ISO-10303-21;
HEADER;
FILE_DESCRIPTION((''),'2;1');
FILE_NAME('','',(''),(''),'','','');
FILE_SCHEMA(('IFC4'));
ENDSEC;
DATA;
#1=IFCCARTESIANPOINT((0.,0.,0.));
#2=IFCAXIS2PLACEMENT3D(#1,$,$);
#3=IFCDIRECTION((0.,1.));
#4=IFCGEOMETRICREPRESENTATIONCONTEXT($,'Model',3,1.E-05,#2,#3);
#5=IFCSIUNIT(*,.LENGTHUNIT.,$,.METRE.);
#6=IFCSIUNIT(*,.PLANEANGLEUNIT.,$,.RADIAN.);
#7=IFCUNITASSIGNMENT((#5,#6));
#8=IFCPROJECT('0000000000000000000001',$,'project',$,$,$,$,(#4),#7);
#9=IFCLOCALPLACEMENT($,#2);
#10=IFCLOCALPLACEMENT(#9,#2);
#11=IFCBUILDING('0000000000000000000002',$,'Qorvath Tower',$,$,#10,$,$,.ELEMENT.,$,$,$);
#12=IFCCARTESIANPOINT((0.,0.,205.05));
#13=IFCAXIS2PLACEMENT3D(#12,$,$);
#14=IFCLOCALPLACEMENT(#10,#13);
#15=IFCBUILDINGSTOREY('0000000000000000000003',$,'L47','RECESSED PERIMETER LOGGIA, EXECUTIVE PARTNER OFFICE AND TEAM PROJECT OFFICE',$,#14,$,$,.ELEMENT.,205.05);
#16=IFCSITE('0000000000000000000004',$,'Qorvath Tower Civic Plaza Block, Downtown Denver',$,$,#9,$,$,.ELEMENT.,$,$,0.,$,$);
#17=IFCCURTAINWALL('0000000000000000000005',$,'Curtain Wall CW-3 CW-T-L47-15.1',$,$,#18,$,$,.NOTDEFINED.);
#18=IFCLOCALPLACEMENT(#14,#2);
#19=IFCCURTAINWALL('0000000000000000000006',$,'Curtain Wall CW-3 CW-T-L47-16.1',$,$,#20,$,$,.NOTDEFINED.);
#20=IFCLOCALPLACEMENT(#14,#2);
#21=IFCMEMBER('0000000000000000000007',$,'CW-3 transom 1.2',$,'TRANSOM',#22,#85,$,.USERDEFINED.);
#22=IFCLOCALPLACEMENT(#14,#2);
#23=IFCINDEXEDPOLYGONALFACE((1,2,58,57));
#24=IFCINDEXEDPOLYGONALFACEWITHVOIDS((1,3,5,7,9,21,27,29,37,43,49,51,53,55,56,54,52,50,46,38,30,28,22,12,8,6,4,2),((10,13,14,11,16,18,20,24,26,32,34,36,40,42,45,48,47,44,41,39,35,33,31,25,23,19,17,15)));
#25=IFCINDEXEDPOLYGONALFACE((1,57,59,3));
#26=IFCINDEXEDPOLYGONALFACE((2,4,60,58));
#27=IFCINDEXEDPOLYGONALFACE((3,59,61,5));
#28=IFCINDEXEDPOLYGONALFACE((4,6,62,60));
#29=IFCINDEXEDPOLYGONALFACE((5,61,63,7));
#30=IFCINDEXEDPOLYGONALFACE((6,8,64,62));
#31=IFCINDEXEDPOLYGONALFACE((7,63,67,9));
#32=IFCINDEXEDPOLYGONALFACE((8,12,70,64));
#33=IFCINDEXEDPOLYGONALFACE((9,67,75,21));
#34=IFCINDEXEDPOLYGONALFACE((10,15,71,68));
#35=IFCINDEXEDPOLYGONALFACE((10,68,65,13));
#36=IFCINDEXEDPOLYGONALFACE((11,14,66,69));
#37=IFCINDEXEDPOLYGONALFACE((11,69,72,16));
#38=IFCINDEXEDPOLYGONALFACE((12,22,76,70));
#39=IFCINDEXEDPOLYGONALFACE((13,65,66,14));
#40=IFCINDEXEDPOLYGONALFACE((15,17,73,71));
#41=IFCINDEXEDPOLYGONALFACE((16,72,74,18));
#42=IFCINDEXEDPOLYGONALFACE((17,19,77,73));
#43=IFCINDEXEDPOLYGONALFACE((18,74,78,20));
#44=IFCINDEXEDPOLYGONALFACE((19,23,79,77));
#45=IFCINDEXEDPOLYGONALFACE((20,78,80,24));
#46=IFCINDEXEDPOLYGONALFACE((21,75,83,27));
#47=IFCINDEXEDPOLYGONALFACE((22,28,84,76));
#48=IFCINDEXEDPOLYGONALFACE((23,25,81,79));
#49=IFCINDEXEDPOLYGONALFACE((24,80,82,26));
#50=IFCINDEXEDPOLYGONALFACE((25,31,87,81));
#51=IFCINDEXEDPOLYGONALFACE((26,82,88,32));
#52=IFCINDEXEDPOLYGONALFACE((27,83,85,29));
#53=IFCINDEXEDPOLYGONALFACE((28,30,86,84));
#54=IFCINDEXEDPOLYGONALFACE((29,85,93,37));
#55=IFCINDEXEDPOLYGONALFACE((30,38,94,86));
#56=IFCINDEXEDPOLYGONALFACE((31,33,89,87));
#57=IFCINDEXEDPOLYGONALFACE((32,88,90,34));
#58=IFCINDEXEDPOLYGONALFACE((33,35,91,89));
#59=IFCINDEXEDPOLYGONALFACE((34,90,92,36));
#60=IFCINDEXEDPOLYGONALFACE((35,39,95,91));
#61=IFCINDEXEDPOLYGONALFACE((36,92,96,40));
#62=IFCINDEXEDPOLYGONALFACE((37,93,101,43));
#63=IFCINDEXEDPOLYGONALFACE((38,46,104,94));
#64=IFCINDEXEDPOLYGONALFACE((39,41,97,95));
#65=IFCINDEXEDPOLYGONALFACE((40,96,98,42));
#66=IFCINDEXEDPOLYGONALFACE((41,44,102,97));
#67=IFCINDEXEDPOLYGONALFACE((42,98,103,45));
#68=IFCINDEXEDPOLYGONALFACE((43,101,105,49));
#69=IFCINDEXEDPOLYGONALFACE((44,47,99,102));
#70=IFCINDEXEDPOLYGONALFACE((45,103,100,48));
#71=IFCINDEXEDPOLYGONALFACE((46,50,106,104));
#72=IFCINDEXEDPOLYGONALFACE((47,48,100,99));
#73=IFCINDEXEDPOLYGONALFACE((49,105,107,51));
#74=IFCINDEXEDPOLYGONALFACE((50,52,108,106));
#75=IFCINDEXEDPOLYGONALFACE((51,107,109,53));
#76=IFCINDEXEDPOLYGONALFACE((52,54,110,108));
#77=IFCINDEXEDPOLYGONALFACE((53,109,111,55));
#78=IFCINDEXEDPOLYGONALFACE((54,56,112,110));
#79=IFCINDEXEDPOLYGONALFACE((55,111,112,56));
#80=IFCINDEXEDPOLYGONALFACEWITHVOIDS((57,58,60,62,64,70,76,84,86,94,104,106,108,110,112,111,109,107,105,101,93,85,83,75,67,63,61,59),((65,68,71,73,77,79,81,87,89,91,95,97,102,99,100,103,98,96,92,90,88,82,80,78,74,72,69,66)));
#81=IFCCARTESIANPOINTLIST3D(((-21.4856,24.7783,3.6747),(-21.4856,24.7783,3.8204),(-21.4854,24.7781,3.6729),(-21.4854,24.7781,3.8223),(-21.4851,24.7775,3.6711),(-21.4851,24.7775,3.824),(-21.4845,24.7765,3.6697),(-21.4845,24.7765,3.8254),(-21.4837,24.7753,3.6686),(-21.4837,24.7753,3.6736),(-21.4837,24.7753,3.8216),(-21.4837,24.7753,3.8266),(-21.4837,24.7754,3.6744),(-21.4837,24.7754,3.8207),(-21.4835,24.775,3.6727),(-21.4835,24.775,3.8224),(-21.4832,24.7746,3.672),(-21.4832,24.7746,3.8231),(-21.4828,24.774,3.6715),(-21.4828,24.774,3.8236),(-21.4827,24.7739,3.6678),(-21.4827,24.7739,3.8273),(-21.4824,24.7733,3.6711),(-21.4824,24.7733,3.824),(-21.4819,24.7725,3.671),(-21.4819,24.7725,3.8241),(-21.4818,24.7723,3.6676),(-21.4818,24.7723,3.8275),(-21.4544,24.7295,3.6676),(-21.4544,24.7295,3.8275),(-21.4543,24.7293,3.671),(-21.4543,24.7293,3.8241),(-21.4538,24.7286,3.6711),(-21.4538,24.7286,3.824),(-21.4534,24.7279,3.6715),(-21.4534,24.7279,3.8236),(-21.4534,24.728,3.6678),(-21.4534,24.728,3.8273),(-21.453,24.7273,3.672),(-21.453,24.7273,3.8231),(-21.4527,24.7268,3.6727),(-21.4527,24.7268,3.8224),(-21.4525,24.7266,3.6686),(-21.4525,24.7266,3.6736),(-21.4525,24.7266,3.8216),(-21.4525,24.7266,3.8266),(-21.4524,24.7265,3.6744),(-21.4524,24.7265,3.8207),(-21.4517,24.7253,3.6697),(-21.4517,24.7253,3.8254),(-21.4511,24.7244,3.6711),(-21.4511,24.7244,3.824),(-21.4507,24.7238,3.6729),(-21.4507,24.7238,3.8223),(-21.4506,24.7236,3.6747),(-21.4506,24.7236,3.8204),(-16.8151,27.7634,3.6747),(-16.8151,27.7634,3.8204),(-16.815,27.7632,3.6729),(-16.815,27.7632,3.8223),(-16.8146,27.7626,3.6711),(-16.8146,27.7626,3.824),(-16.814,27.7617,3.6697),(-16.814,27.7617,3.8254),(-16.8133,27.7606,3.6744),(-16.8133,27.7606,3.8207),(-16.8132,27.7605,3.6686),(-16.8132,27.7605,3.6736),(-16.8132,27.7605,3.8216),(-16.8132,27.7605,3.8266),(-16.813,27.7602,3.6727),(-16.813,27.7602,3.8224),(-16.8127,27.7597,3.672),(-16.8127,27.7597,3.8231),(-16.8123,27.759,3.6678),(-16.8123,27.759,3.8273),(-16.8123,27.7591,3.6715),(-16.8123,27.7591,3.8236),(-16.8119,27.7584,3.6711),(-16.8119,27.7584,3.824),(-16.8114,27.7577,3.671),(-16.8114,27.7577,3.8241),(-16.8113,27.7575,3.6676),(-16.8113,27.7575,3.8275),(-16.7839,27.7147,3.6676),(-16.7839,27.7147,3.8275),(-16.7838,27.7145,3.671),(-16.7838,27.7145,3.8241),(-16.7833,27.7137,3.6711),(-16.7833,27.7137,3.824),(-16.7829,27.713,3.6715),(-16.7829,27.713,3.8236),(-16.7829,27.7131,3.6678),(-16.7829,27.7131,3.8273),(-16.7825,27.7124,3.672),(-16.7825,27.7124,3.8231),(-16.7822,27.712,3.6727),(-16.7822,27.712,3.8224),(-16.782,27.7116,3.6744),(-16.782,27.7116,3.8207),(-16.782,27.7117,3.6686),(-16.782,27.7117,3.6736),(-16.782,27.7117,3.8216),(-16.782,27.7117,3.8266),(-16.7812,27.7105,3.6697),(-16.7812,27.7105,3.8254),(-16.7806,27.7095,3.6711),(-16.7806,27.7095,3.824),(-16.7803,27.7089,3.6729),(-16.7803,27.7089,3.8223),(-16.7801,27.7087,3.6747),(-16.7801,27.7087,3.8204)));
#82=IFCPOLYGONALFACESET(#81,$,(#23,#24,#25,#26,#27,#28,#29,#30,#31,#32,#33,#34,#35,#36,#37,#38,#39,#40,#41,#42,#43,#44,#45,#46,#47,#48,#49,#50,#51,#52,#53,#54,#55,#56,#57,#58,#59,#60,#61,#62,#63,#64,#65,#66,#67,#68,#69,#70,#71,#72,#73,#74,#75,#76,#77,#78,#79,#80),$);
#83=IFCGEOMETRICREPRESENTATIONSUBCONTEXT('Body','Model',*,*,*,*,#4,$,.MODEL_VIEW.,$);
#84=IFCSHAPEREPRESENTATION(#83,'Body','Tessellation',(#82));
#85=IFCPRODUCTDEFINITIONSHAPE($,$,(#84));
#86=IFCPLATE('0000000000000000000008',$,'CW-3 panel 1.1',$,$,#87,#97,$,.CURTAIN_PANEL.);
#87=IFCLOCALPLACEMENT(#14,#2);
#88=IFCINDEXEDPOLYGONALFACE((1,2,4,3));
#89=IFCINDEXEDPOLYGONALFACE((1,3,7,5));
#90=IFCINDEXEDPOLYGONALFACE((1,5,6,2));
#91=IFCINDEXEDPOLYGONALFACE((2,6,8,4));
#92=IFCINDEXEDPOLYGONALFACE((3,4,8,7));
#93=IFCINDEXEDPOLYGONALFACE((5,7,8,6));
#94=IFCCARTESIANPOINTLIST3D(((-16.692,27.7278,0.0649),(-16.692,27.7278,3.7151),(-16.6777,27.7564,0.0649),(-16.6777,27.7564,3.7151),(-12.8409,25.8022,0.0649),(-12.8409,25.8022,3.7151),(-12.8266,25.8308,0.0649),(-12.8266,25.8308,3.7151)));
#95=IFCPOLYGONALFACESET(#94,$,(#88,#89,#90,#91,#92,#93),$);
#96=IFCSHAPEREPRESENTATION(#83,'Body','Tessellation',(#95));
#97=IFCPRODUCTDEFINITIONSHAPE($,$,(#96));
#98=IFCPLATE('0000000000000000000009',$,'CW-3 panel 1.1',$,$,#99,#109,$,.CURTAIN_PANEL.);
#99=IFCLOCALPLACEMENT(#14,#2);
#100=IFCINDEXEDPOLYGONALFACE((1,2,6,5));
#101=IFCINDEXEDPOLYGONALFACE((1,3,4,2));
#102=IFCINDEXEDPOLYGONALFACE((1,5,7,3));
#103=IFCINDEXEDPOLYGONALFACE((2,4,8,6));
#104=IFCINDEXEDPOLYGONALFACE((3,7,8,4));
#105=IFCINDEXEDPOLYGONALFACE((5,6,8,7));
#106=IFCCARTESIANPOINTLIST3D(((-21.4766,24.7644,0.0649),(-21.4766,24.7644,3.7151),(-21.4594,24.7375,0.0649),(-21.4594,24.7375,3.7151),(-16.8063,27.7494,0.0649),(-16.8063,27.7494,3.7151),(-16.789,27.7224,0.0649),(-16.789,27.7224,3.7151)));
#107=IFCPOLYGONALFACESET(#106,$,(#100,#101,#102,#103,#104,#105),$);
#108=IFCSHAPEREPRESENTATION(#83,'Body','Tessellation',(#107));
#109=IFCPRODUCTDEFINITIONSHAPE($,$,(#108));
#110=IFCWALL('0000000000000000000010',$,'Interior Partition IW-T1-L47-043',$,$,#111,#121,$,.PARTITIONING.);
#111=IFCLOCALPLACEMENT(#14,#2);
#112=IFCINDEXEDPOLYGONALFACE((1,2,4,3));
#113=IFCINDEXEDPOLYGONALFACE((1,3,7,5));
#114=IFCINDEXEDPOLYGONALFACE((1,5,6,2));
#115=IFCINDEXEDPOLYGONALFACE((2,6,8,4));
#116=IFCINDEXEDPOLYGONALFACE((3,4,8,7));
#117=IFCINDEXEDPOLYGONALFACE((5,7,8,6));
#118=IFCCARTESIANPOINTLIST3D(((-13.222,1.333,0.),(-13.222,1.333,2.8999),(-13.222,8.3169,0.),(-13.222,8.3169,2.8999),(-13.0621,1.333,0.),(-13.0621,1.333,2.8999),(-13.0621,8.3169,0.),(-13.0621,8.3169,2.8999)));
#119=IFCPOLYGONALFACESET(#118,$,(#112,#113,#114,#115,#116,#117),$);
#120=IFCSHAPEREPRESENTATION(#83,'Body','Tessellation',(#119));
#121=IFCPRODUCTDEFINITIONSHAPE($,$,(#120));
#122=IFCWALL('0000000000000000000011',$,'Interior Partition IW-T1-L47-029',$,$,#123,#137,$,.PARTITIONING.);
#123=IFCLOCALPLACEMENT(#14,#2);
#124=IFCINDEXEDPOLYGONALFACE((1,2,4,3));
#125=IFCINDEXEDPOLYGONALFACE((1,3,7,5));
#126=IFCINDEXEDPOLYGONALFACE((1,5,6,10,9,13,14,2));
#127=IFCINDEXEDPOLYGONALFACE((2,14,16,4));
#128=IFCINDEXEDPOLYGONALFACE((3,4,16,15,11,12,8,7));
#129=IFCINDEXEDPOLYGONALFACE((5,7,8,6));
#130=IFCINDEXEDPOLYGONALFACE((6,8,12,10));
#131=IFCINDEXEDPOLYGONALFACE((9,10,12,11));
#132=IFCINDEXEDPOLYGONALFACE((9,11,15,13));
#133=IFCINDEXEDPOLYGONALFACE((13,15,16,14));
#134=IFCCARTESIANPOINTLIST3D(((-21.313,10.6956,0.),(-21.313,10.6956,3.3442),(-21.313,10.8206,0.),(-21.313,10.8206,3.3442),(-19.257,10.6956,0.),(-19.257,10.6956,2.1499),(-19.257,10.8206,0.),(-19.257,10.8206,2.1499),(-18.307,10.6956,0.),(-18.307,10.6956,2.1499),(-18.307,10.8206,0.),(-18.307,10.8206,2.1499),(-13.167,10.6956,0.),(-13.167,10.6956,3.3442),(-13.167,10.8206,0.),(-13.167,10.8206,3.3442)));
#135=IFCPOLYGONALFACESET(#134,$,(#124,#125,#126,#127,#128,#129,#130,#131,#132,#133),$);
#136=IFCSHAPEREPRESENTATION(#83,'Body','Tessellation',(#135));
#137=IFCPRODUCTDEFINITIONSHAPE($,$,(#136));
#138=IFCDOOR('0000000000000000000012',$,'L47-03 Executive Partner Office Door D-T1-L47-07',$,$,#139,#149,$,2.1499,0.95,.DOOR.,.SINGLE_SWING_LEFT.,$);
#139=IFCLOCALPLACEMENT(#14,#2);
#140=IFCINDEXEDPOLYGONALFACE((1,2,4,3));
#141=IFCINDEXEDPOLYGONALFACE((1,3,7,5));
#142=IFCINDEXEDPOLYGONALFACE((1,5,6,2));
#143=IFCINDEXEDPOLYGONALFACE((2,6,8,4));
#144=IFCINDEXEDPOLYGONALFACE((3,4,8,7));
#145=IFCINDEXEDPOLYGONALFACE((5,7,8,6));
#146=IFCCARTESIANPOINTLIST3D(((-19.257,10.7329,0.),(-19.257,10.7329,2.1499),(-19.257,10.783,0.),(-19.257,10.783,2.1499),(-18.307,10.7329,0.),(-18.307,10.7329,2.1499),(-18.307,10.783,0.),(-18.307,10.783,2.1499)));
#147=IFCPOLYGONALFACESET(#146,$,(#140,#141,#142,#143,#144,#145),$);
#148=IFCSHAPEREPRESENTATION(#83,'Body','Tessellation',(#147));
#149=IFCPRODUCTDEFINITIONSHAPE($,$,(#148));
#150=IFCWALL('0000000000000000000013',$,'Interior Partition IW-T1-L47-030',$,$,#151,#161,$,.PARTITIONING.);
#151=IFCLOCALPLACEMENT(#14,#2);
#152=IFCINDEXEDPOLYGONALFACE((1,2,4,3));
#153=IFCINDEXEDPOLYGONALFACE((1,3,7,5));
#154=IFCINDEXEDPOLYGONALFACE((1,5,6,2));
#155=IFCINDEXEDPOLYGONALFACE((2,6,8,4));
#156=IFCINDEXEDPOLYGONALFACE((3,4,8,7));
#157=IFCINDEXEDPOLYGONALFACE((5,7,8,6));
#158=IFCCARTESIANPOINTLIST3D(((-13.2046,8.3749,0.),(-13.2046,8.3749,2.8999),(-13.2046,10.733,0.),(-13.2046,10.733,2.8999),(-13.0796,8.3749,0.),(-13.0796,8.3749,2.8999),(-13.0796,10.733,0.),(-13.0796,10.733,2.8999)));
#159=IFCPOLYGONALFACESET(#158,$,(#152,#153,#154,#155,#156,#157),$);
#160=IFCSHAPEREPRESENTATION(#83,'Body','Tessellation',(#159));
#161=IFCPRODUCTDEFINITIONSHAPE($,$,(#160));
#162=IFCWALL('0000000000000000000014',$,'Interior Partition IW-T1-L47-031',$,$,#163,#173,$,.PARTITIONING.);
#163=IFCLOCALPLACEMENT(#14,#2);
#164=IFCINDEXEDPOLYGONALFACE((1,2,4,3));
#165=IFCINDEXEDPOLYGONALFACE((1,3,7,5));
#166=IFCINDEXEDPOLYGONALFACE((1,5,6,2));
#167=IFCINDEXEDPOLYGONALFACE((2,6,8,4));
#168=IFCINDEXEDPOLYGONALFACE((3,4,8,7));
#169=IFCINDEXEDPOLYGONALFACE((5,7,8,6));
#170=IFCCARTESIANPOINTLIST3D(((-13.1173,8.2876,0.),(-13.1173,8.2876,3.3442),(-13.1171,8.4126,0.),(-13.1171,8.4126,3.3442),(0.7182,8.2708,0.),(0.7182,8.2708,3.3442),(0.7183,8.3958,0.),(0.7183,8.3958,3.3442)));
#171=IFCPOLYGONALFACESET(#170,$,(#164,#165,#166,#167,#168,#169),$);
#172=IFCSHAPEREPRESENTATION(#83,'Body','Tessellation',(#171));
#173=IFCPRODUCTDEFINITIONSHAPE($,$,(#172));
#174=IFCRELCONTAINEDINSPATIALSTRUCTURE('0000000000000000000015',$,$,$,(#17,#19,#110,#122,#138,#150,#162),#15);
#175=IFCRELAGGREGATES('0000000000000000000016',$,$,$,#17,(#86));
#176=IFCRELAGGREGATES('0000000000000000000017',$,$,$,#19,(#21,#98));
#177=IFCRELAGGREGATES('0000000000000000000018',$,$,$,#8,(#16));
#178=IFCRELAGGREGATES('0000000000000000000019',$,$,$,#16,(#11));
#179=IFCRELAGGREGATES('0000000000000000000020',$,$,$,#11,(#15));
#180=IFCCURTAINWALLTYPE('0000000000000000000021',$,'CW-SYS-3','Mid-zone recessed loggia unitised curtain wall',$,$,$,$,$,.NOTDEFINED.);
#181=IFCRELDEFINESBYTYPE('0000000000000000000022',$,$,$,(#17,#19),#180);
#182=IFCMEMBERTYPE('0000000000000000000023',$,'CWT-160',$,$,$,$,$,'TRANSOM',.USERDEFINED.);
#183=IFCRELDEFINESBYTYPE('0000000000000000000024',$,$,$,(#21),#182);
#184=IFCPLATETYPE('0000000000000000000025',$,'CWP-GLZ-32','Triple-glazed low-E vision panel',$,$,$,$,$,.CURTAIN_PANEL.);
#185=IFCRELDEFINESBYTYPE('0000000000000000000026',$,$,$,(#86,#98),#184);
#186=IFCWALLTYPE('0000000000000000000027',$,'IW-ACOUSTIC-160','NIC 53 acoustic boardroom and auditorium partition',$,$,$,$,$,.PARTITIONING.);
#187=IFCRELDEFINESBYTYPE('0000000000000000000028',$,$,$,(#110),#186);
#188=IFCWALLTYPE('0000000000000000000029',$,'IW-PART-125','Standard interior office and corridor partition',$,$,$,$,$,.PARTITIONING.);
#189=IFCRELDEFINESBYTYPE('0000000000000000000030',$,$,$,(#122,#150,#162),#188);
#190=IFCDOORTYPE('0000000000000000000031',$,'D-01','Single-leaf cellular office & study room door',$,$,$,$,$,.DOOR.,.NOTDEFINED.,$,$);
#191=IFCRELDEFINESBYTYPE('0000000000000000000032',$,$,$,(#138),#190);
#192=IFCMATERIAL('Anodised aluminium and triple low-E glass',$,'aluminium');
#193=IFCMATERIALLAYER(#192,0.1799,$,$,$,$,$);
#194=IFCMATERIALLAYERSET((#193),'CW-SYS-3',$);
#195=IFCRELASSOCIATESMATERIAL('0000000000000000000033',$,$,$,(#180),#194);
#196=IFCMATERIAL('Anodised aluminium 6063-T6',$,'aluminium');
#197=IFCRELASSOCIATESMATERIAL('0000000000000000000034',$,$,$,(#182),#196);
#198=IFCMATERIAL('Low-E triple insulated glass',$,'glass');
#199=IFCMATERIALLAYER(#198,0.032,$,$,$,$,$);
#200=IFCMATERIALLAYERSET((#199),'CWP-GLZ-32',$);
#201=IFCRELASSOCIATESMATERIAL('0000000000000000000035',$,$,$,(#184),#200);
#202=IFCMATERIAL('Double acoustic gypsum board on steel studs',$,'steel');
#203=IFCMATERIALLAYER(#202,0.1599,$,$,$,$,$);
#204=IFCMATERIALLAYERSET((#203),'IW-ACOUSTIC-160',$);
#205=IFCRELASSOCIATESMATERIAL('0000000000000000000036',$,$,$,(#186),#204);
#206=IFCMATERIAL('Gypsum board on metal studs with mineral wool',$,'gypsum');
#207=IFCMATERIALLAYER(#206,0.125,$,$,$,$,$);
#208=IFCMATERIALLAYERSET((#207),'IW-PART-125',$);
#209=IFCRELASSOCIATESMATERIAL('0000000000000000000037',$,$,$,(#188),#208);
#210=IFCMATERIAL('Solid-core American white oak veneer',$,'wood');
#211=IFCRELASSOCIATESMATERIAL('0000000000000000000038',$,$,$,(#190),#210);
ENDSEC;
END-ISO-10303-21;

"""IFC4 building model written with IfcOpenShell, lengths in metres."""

from ifc_helpers import new_model, si_unit, direction, frame, frame_2d, origin, origin_2d, place, context, subcontext, project, spatial, rectangle, hollow_rectangle, extrude, material, layer, layer_set, material_profile, profile_set, type_object, element, fill, aggregate, save


model = new_model("IFC4")

# Units and contexts
model_context = context("Model", 3, precision=1e-05, world=origin(), true_north=direction((0.0, 1.0)))
body_context = subcontext(model_context, "Body", "Model", "MODEL_VIEW")
ifc_project = project(units=[si_unit("LENGTHUNIT", "METRE"), si_unit("PLANEANGLEUNIT", "RADIAN")], contexts=[model_context])

# Site, building, storey
site_placement = place(None, origin())
site = spatial("IfcSite", under=ifc_project, at=site_placement, Name="Qorvath Tower Civic Plaza Block, Downtown Denver", CompositionType="ELEMENT", RefElevation=0.0)
building_placement = place(site_placement, origin())
building = spatial("IfcBuilding", under=site, at=building_placement, Name="Qorvath Tower", CompositionType="ELEMENT")
storey_placement = place(building_placement, frame((0.0, 0.0, 205.05)))
storey = spatial("IfcBuildingStorey", under=building, at=storey_placement, Name="L47", Description="RECESSED PERIMETER LOGGIA, EXECUTIVE PARTNER OFFICE AND TEAM PROJECT OFFICE", CompositionType="ELEMENT", Elevation=205.05)

# Curtain walls
ifc_material_1 = material(Name="Anodised aluminium and triple low-E glass", Category="aluminium")
ifc_layer_1 = layer(ifc_material_1, 0.1799)
ifc_layer_set_1 = layer_set([ifc_layer_1], Name="CW-SYS-3")
curtain_wall_type = type_object("IfcCurtainWallType", Name="CW-SYS-3", Description="Mid-zone recessed loggia unitised curtain wall", PredefinedType="NOTDEFINED", material=ifc_layer_set_1)
curtain_wall_1_placement = place(storey_placement, origin())
curtain_wall_1 = element("IfcCurtainWall", 1, at=curtain_wall_1_placement, inside=storey, type_object=curtain_wall_type, Name="Curtain Wall CW-3 CW-T-L47-15.1", PredefinedType="NOTDEFINED")
curtain_wall_2_placement = place(storey_placement, origin())
curtain_wall_2 = element("IfcCurtainWall", 2, at=curtain_wall_2_placement, inside=storey, type_object=curtain_wall_type, Name="Curtain Wall CW-3 CW-T-L47-16.1", PredefinedType="NOTDEFINED")

# Member
ifc_material_2 = material(Name="Anodised aluminium 6063-T6", Category="aluminium")
ifc_material_profile_1 = material_profile(ifc_material_2, hollow_rectangle(XDim=0.0649, YDim=0.1599, WallThickness=0.0034, InnerFilletRadius=0.0034, OuterFilletRadius=0.0071, at=origin_2d()), Name="CWT 160x65")
ifc_profile_set_1 = profile_set([ifc_material_profile_1], Name="Anodised aluminium 6063-T6")
member_type_1 = type_object("IfcMemberType", Name="CWT-160", ElementType="TRANSOM", PredefinedType="USERDEFINED", material=ifc_profile_set_1)
member_1_placement = place(storey_placement, frame((-16.7976, 27.7361, 3.7476), z_axis=(-0.842595, -0.538547, 0.0), x_axis=(0.538547, -0.842595, 0.0)))
member_1 = element("IfcMember", 3, at=member_1_placement, type_object=member_type_1, Name="CW-3 transom 1.2", ObjectType="TRANSOM", PredefinedType="USERDEFINED", context=body_context, shape_type="SweptSolid", body=[
    extrude(hollow_rectangle(XDim=0.0649, YDim=0.1599, WallThickness=0.0034, InnerFilletRadius=0.0034, OuterFilletRadius=0.0071, at=origin_2d()), origin(), (0.0, 0.0, 1.0), 5.543),
])

# Plates
ifc_material_3 = material(Name="Low-E triple insulated glass", Category="glass")
ifc_layer_2 = layer(ifc_material_3, 0.032)
ifc_layer_set_2 = layer_set([ifc_layer_2], Name="CWP-GLZ-32")
plate_type = type_object("IfcPlateType", Name="CWP-GLZ-32", Description="Triple-glazed low-E vision panel", PredefinedType="CURTAIN_PANEL", material=ifc_layer_set_2)
plate_1_placement = place(storey_placement, frame((-14.7593, 26.7793, 0.0649), z_axis=(0.0, 0.0, 1.0), x_axis=(-0.894432, 0.447205, 0.0)))
plate_1 = element("IfcPlate", 4, at=plate_1_placement, type_object=plate_type, Name="CW-3 panel 1.1", PredefinedType="CURTAIN_PANEL", context=body_context, shape_type="SweptSolid", body=[
    extrude(rectangle(XDim=4.3057, YDim=0.032, at=origin_2d()), origin(), (0.0, 0.0, 1.0), 3.6501),
])
aggregate(curtain_wall_1, [plate_1])
plate_2_placement = place(storey_placement, frame((-19.1328, 26.2434, 0.0649), z_axis=(0.0, 0.0, 1.0), x_axis=(-0.842604, -0.538534, 0.0)))
plate_2 = element("IfcPlate", 5, at=plate_2_placement, type_object=plate_type, Name="CW-3 panel 1.1", PredefinedType="CURTAIN_PANEL", context=body_context, shape_type="SweptSolid", body=[
    extrude(rectangle(XDim=5.5427, YDim=0.032, at=origin_2d()), origin(), (0.0, 0.0, 1.0), 3.6501),
])
aggregate(curtain_wall_2, [member_1, plate_2])

# Wall
ifc_material_4 = material(Name="Double acoustic gypsum board on steel studs", Category="steel")
ifc_layer_3 = layer(ifc_material_4, 0.1599)
ifc_layer_set_3 = layer_set([ifc_layer_3], Name="IW-ACOUSTIC-160")
wall_type_1 = type_object("IfcWallType", Name="IW-ACOUSTIC-160", Description="NIC 53 acoustic boardroom and auditorium partition", PredefinedType="PARTITIONING", material=ifc_layer_set_3)
wall_1_placement = place(storey_placement, frame((-13.1421, 8.3169, 0.0), z_axis=(0.0, 0.0, 1.0), x_axis=(0.0, -1.0, 0.0)))
element("IfcWall", 6, at=wall_1_placement, inside=storey, type_object=wall_type_1, Name="Interior Partition IW-T1-L47-043", PredefinedType="PARTITIONING", context=body_context, shape_type="SweptSolid", body=[
    extrude(rectangle(XDim=6.9839, YDim=0.1599, at=frame_2d((3.4919, 0.0))), origin(), (0.0, 0.0, 1.0), 2.8999),
])

# Wall, opening, door
ifc_material_5 = material(Name="Gypsum board on metal studs with mineral wool", Category="gypsum")
ifc_layer_4 = layer(ifc_material_5, 0.125)
ifc_layer_set_4 = layer_set([ifc_layer_4], Name="IW-PART-125")
wall_type_2 = type_object("IfcWallType", Name="IW-PART-125", Description="Standard interior office and corridor partition", PredefinedType="PARTITIONING", material=ifc_layer_set_4)
wall_2_placement = place(storey_placement, frame((-21.313, 10.7581, 0.0), z_axis=(0.0, 0.0, 1.0), x_axis=(1.0, 0.0, 0.0)))
wall_2 = element("IfcWall", 7, at=wall_2_placement, inside=storey, type_object=wall_type_2, Name="Interior Partition IW-T1-L47-029", PredefinedType="PARTITIONING", context=body_context, shape_type="SweptSolid", body=[
    extrude(rectangle(XDim=8.146, YDim=0.125, at=frame_2d((4.073, 0.0))), origin(), (0.0, 0.0, 1.0), 3.3442),
])
opening_1_placement = place(wall_2_placement, frame((2.0559, 0.0, 0.0)))
opening_1 = element("IfcOpeningElement", 8, at=opening_1_placement, cuts=wall_2, PredefinedType="OPENING", context=body_context, shape_type="SweptSolid", body=[
    extrude(rectangle(XDim=0.95, YDim=2.1499, at=frame_2d((0.4751, 1.075))), frame((0.0, 0.0725, 0.0), z_axis=(0.0, -1.0, 0.0), x_axis=(1.0, 0.0, 0.0)), (0.0, 0.0, 1.0), 0.145),
])
ifc_material_6 = material(Name="Solid-core American white oak veneer", Category="wood")
door_type_1 = type_object("IfcDoorType", Name="D-01", Description="Single-leaf cellular office & study room door", OperationType="NOTDEFINED", PredefinedType="DOOR", material=ifc_material_6)
door_1_placement = place(opening_1_placement, origin())
door_1 = element("IfcDoor", 9, at=door_1_placement, inside=storey, type_object=door_type_1, Name="L47-03 Executive Partner Office Door D-T1-L47-07", OperationType="SINGLE_SWING_LEFT", OverallHeight=2.1499, OverallWidth=0.95, PredefinedType="DOOR", context=body_context, shape_type="SweptSolid", body=[
    extrude(rectangle(XDim=0.95, YDim=2.1499, at=frame_2d((0.4751, 1.075))), frame((0.0, 0.0249, 0.0), z_axis=(0.0, -1.0, 0.0), x_axis=(1.0, 0.0, 0.0)), (0.0, 0.0, 1.0), 0.05),
])
fill(opening_1, door_1)

# Walls
wall_3_placement = place(storey_placement, frame((-13.1421, 10.7332, 0.0), z_axis=(0.0, 0.0, 1.0), x_axis=(0.0, -1.0, 0.0)))
element("IfcWall", 10, at=wall_3_placement, inside=storey, type_object=wall_type_2, Name="Interior Partition IW-T1-L47-030", PredefinedType="PARTITIONING", context=body_context, shape_type="SweptSolid", body=[
    extrude(rectangle(XDim=2.3582, YDim=0.125, at=frame_2d((1.1792, 0.0))), origin(), (0.0, 0.0, 1.0), 2.8999),
])
wall_4_placement = place(storey_placement, frame((-13.1172, 8.3501, 0.0), z_axis=(0.0, 0.0, 1.0), x_axis=(0.999999, -0.001218, 0.0)))
element("IfcWall", 11, at=wall_4_placement, inside=storey, type_object=wall_type_2, Name="Interior Partition IW-T1-L47-031", PredefinedType="PARTITIONING", context=body_context, shape_type="SweptSolid", body=[
    extrude(rectangle(XDim=13.8354, YDim=0.125, at=frame_2d((6.9177, 0.0))), origin(), (0.0, 0.0, 1.0), 3.3442),
])

save(model, "model.ifc")
